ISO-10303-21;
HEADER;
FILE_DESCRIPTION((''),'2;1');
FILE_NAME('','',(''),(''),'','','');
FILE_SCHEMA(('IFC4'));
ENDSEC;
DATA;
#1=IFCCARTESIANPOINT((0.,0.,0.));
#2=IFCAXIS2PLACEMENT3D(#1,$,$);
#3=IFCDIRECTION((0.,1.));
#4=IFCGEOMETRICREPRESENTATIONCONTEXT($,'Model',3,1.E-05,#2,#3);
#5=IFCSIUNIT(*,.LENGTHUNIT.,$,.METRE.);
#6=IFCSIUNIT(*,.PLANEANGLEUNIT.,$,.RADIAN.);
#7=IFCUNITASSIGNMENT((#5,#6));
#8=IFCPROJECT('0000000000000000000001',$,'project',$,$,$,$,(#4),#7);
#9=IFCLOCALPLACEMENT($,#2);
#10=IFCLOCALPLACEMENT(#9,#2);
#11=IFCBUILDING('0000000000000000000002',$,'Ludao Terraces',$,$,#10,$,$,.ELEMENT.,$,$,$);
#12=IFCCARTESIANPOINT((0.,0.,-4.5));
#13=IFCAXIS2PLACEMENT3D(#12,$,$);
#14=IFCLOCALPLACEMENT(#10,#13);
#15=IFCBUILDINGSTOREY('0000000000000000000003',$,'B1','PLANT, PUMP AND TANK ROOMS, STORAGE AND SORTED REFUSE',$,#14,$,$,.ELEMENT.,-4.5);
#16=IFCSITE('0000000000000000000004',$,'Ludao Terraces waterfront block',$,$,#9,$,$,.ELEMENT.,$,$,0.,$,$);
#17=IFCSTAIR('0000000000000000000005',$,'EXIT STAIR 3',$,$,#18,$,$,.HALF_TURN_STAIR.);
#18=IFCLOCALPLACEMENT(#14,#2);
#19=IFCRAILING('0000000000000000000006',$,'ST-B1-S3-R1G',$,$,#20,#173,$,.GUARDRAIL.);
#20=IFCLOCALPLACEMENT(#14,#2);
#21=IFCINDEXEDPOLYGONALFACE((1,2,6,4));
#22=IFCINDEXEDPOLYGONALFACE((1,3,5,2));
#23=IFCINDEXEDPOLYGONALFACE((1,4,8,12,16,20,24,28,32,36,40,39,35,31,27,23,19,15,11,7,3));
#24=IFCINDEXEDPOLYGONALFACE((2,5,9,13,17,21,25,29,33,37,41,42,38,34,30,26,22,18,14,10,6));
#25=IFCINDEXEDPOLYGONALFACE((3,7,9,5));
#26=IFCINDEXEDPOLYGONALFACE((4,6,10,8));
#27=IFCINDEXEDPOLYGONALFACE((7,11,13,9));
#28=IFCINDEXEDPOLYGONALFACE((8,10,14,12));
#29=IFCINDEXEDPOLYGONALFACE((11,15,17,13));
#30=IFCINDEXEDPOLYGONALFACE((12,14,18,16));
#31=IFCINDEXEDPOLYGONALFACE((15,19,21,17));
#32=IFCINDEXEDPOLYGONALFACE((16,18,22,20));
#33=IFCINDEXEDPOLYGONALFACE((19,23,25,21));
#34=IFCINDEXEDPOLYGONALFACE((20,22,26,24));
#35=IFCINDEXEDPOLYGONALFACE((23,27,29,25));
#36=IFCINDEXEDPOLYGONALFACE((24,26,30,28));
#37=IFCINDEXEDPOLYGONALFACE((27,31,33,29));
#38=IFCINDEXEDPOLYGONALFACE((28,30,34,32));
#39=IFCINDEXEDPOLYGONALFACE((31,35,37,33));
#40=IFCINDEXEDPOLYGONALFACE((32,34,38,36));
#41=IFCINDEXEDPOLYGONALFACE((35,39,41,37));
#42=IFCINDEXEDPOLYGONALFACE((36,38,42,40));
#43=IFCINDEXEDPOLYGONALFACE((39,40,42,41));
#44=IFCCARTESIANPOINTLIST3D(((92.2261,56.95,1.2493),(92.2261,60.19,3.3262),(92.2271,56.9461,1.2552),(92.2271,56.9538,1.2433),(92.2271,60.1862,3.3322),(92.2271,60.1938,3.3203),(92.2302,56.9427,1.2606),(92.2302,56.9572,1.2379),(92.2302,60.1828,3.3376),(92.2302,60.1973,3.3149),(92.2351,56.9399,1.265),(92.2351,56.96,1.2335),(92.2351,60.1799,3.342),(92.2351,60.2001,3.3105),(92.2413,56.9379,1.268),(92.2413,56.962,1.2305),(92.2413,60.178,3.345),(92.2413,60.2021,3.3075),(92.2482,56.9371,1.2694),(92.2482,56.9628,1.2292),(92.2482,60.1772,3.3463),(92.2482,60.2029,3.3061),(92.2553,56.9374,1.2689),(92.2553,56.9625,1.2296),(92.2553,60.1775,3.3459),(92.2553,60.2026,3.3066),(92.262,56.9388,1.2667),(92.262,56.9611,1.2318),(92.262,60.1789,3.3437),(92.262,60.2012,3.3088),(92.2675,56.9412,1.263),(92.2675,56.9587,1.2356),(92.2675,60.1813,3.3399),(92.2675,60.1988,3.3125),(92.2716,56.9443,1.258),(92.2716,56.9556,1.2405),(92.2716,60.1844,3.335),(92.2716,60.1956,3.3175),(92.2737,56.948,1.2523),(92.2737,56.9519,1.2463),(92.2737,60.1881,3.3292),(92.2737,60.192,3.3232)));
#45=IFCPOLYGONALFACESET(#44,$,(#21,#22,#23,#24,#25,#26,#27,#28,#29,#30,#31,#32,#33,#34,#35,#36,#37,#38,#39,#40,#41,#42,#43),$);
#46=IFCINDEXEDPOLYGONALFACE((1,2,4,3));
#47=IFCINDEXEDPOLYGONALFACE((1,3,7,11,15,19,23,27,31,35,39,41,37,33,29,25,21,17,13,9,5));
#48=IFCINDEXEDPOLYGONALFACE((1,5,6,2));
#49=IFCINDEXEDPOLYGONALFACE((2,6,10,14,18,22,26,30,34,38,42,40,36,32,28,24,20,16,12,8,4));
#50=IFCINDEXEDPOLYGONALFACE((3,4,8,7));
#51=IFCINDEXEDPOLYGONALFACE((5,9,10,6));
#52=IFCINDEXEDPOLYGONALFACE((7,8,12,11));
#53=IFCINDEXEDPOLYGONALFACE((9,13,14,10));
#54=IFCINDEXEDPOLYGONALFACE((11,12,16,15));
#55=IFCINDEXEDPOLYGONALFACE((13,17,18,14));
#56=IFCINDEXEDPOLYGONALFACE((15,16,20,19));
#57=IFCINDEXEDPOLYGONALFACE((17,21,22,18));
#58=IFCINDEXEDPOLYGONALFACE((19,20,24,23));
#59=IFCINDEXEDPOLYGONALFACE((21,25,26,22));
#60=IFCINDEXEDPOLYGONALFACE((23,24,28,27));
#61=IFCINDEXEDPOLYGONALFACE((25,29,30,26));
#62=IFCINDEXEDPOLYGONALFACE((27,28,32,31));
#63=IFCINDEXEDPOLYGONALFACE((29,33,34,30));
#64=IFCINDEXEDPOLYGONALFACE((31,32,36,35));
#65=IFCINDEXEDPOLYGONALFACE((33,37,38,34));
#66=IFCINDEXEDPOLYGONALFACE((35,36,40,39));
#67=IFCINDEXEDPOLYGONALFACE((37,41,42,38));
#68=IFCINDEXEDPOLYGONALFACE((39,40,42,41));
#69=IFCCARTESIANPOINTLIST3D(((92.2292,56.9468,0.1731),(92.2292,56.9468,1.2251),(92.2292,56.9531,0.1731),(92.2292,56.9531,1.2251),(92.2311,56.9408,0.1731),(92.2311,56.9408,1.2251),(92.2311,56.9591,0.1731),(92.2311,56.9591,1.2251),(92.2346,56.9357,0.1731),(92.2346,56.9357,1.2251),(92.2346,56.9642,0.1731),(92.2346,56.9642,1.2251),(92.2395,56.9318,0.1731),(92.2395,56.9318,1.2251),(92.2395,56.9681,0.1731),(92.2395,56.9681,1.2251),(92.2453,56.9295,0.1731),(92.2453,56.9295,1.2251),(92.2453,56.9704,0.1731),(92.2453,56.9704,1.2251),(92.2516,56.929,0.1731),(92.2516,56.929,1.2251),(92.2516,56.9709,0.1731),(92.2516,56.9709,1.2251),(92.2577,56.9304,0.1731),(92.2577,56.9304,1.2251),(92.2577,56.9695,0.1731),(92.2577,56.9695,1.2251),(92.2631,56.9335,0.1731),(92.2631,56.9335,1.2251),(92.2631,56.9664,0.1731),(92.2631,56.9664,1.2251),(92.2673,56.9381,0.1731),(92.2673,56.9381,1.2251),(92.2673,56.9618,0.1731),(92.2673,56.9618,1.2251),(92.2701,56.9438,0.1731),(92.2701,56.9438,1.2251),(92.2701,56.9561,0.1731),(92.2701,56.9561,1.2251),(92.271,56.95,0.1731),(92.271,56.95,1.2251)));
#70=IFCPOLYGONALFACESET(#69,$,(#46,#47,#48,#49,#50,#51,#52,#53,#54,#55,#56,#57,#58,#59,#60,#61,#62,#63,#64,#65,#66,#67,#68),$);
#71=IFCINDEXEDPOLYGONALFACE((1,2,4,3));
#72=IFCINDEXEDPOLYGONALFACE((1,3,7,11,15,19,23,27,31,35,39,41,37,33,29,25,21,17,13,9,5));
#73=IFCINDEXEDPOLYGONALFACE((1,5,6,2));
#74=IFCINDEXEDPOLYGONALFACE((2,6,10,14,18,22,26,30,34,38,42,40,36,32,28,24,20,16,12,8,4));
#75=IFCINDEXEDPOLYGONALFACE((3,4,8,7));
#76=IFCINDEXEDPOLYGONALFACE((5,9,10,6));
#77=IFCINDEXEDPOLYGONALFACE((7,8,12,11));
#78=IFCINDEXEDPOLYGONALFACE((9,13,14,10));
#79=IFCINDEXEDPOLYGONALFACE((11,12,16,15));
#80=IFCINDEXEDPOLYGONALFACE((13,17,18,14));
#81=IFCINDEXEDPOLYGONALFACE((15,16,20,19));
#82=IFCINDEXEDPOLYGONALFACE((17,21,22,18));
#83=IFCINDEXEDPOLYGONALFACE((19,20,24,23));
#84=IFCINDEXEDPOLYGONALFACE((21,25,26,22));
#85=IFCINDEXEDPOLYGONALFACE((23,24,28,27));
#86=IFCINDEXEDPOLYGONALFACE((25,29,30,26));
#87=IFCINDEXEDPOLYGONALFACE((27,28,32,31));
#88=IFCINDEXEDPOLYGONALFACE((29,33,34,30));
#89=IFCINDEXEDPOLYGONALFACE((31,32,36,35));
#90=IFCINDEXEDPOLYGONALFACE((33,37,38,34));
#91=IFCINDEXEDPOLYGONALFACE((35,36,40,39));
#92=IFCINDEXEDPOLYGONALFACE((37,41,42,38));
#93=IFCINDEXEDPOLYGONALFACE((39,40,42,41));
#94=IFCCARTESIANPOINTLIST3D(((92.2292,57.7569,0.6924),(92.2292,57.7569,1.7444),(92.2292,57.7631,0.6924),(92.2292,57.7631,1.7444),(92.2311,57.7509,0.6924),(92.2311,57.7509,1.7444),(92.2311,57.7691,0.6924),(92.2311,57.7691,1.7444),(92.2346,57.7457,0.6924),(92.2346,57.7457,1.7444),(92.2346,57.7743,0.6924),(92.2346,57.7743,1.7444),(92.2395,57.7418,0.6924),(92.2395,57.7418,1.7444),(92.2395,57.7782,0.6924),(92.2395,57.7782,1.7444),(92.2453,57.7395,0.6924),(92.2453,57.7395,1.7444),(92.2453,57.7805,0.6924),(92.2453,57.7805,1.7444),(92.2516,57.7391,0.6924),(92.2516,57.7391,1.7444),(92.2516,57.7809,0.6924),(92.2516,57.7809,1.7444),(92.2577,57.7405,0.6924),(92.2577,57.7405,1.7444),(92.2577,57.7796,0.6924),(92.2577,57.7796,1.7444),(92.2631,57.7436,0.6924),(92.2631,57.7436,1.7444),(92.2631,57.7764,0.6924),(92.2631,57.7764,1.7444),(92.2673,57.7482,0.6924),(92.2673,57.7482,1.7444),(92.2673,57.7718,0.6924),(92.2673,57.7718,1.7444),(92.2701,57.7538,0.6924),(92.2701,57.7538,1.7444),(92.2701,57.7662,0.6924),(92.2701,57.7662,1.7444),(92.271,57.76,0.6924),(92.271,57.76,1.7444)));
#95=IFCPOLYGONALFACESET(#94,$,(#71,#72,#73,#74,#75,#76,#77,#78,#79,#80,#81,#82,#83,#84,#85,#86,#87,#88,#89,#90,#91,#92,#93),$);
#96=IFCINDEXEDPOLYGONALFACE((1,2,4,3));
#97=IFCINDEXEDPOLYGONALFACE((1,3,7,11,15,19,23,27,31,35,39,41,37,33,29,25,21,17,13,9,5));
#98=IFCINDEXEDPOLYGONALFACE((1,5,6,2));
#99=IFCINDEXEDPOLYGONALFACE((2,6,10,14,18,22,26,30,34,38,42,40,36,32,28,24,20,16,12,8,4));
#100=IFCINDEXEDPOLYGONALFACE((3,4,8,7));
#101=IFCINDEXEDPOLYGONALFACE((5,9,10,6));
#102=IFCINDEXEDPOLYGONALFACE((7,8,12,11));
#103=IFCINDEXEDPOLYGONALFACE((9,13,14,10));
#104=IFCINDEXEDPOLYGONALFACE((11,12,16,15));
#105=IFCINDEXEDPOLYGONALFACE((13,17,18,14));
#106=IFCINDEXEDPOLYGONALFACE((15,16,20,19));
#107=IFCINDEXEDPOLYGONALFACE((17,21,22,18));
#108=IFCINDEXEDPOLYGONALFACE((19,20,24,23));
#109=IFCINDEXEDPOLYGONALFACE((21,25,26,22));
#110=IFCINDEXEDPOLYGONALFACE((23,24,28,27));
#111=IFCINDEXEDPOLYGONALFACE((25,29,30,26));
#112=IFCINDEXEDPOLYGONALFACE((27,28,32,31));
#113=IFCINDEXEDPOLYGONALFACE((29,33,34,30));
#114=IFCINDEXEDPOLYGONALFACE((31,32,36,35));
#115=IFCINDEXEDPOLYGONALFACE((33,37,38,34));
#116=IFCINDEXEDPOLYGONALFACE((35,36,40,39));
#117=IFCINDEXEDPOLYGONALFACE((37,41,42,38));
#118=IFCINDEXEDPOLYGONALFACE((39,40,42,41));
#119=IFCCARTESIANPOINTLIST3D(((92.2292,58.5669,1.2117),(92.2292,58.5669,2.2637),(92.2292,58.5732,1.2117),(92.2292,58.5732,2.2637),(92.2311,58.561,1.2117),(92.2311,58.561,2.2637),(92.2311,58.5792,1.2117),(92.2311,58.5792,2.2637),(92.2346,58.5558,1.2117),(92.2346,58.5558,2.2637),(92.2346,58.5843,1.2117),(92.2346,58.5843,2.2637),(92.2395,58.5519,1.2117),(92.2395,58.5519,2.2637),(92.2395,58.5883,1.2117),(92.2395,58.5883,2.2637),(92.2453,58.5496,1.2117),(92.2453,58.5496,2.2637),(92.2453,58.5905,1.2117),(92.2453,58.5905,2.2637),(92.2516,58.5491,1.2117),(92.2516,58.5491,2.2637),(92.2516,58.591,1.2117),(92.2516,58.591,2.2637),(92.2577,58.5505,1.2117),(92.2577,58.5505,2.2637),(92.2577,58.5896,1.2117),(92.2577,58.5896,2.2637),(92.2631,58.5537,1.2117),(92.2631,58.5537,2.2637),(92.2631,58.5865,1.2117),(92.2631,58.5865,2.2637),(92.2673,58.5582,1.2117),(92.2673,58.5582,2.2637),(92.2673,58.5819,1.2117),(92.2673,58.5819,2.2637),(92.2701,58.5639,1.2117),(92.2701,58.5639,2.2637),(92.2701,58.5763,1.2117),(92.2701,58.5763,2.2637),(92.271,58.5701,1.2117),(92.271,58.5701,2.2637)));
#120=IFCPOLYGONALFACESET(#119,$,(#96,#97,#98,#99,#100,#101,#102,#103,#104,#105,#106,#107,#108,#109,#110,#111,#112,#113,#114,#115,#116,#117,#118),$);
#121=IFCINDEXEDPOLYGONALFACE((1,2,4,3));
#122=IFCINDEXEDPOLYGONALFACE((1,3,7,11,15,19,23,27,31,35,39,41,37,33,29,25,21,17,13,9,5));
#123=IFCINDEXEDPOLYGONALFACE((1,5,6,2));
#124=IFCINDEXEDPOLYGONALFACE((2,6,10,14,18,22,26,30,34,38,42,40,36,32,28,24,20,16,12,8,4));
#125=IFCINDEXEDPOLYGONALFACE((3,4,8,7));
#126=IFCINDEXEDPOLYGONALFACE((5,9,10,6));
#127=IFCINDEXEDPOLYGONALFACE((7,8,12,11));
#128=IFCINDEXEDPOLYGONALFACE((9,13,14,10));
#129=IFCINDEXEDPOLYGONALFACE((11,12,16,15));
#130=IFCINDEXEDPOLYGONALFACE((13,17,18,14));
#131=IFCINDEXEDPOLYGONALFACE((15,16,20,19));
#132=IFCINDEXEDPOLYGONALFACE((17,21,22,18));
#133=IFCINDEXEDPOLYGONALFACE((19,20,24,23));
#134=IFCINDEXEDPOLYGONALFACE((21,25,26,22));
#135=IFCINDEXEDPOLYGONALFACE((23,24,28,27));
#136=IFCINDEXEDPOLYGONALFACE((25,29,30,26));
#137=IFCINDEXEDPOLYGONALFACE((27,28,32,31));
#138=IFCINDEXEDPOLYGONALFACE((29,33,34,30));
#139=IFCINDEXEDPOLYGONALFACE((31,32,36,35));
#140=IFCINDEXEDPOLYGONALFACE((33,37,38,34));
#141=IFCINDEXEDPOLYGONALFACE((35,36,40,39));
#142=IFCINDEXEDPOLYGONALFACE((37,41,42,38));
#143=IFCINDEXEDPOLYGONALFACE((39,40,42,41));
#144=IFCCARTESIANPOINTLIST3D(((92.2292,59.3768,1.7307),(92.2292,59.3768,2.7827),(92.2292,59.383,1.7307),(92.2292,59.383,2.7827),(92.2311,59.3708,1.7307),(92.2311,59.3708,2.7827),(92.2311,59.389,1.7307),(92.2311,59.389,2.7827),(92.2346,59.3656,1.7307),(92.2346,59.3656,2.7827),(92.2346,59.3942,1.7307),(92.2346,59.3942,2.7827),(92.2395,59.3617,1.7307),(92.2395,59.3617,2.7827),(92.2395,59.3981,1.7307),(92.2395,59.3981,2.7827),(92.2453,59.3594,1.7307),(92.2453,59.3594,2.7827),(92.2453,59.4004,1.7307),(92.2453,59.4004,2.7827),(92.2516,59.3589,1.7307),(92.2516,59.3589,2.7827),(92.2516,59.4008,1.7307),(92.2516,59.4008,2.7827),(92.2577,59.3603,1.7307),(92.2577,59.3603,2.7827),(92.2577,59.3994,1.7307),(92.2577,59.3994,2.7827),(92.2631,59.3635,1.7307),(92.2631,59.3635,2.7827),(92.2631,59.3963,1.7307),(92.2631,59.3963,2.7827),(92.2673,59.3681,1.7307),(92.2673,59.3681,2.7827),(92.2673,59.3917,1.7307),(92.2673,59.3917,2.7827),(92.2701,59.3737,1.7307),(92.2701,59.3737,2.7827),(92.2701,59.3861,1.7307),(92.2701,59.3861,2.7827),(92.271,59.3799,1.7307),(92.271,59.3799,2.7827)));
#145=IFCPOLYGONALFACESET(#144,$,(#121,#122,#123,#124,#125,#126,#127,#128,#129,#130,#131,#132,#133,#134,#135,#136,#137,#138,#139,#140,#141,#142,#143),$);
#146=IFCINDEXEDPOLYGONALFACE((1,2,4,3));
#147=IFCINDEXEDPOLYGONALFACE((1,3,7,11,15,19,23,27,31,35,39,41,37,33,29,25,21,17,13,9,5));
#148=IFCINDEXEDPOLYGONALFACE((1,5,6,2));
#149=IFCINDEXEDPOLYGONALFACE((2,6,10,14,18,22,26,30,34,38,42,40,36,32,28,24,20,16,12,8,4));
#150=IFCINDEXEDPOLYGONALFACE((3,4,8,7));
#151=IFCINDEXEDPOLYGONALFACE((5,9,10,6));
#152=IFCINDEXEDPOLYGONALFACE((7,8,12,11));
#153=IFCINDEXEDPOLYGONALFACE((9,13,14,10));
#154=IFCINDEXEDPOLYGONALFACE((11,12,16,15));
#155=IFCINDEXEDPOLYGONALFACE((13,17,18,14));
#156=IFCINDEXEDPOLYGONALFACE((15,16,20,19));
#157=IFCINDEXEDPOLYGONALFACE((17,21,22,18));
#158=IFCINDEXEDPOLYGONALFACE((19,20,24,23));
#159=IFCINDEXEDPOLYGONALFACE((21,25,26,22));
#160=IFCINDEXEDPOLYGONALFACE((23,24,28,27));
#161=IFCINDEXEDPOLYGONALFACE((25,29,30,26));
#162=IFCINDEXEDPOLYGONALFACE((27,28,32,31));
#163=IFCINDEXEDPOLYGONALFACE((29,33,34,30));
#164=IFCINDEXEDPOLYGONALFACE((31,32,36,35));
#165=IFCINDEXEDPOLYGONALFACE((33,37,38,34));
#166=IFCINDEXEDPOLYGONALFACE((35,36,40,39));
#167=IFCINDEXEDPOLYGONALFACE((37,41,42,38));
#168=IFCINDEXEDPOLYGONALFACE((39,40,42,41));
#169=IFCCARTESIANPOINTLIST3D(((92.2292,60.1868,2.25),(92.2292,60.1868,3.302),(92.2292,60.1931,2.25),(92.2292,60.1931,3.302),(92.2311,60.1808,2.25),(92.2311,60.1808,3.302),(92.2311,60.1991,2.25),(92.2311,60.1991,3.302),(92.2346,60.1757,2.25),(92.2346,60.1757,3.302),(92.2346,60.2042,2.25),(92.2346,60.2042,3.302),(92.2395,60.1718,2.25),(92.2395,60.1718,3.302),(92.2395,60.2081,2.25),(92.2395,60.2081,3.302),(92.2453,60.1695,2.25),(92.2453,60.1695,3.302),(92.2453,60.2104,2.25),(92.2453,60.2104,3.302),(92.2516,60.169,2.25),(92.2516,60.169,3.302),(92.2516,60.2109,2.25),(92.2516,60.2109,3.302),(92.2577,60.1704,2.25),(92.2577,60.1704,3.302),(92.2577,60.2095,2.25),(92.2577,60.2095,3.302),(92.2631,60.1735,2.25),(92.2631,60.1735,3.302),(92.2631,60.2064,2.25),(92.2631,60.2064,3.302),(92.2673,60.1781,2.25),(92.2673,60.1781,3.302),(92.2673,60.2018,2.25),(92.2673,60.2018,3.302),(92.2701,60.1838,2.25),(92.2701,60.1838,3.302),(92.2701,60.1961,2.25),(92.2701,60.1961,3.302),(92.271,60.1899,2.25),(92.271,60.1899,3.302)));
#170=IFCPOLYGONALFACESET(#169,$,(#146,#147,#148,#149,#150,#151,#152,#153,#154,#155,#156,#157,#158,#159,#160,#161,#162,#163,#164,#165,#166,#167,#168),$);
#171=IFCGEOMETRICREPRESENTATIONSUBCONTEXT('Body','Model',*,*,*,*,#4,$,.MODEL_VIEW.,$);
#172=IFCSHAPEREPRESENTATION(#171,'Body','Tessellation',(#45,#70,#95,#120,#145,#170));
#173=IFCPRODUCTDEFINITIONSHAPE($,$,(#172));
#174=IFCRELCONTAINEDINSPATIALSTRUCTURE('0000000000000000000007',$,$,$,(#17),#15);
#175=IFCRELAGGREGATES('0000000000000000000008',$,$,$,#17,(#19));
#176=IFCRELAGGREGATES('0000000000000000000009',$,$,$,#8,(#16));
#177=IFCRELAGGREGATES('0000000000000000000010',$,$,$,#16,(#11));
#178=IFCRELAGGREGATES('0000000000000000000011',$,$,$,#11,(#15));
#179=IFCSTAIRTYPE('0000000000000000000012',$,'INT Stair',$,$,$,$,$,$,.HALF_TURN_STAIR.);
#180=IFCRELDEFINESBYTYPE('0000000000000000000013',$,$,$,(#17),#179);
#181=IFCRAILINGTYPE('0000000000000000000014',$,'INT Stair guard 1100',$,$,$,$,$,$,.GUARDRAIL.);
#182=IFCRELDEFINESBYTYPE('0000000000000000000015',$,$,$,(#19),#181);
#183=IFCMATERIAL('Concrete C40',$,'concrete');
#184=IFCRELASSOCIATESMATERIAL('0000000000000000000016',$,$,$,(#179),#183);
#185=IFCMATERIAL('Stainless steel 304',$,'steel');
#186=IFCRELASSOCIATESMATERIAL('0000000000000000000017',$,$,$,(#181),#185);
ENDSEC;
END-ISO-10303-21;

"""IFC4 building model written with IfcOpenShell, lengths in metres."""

from ifc_helpers import new_model, si_unit, direction, frame, origin, origin_2d, place, context, subcontext, project, spatial, circle, extrude, material, type_object, element, aggregate, save


model = new_model("IFC4")

# Units and contexts
model_context = context("Model", 3, precision=1e-05, world=origin(), true_north=direction((0.0, 1.0)))
body_context = subcontext(model_context, "Body", "Model", "MODEL_VIEW")
ifc_project = project(units=[si_unit("LENGTHUNIT", "METRE"), si_unit("PLANEANGLEUNIT", "RADIAN")], contexts=[model_context])

# Site, building, storey
site_placement = place(None, origin())
site = spatial("IfcSite", under=ifc_project, at=site_placement, Name="Ludao Terraces waterfront block", CompositionType="ELEMENT", RefElevation=0.0)
building_placement = place(site_placement, origin())
building = spatial("IfcBuilding", under=site, at=building_placement, Name="Ludao Terraces", CompositionType="ELEMENT")
storey_placement = place(building_placement, frame((0.0, 0.0, -4.5)))
storey = spatial("IfcBuildingStorey", under=building, at=storey_placement, Name="B1", Description="PLANT, PUMP AND TANK ROOMS, STORAGE AND SORTED REFUSE", CompositionType="ELEMENT", Elevation=-4.5)

# Stair, railing
ifc_material_1 = material(Name="Concrete C40", Category="concrete")
stair_type = type_object("IfcStairType", Name="INT Stair", PredefinedType="HALF_TURN_STAIR", material=ifc_material_1)
stair_placement = place(storey_placement, origin())
stair = element("IfcStair", 1, at=stair_placement, inside=storey, type_object=stair_type, Name="EXIT STAIR 3", PredefinedType="HALF_TURN_STAIR")
ifc_material_2 = material(Name="Stainless steel 304", Category="steel")
railing_type_1 = type_object("IfcRailingType", Name="INT Stair guard 1100", PredefinedType="GUARDRAIL", material=ifc_material_2)
railing_1_placement = place(storey_placement, frame((92.25, 56.95, 0.1731)))
railing_1 = element("IfcRailing", 2, at=railing_1_placement, type_object=railing_type_1, Name="ST-B1-S3-R1G", PredefinedType="GUARDRAIL", context=body_context, shape_type="SweptSolid", body=[
    extrude(circle(Radius=0.0239, at=origin_2d()), frame((0.0, 0.0, 1.0762), z_axis=(0.0, 0.841881, 0.539664), x_axis=(-1.0, 0.0, 0.0)), (0.0, 0.0, 1.0), 3.8486),
    extrude(circle(Radius=0.021, at=origin_2d()), origin(), (0.0, 0.0, 1.0), 1.052),
    extrude(circle(Radius=0.021, at=origin_2d()), frame((0.0, 0.8101, 0.5193)), (0.0, 0.0, 1.0), 1.052),
    extrude(circle(Radius=0.021, at=origin_2d()), frame((0.0, 1.6201, 1.0386)), (0.0, 0.0, 1.0), 1.052),
    extrude(circle(Radius=0.021, at=origin_2d()), frame((0.0, 2.4299, 1.5576)), (0.0, 0.0, 1.0), 1.052),
    extrude(circle(Radius=0.021, at=origin_2d()), frame((0.0, 3.24, 2.0769)), (0.0, 0.0, 1.0), 1.052),
])
aggregate(stair, [railing_1])

save(model, "model.ifc")
